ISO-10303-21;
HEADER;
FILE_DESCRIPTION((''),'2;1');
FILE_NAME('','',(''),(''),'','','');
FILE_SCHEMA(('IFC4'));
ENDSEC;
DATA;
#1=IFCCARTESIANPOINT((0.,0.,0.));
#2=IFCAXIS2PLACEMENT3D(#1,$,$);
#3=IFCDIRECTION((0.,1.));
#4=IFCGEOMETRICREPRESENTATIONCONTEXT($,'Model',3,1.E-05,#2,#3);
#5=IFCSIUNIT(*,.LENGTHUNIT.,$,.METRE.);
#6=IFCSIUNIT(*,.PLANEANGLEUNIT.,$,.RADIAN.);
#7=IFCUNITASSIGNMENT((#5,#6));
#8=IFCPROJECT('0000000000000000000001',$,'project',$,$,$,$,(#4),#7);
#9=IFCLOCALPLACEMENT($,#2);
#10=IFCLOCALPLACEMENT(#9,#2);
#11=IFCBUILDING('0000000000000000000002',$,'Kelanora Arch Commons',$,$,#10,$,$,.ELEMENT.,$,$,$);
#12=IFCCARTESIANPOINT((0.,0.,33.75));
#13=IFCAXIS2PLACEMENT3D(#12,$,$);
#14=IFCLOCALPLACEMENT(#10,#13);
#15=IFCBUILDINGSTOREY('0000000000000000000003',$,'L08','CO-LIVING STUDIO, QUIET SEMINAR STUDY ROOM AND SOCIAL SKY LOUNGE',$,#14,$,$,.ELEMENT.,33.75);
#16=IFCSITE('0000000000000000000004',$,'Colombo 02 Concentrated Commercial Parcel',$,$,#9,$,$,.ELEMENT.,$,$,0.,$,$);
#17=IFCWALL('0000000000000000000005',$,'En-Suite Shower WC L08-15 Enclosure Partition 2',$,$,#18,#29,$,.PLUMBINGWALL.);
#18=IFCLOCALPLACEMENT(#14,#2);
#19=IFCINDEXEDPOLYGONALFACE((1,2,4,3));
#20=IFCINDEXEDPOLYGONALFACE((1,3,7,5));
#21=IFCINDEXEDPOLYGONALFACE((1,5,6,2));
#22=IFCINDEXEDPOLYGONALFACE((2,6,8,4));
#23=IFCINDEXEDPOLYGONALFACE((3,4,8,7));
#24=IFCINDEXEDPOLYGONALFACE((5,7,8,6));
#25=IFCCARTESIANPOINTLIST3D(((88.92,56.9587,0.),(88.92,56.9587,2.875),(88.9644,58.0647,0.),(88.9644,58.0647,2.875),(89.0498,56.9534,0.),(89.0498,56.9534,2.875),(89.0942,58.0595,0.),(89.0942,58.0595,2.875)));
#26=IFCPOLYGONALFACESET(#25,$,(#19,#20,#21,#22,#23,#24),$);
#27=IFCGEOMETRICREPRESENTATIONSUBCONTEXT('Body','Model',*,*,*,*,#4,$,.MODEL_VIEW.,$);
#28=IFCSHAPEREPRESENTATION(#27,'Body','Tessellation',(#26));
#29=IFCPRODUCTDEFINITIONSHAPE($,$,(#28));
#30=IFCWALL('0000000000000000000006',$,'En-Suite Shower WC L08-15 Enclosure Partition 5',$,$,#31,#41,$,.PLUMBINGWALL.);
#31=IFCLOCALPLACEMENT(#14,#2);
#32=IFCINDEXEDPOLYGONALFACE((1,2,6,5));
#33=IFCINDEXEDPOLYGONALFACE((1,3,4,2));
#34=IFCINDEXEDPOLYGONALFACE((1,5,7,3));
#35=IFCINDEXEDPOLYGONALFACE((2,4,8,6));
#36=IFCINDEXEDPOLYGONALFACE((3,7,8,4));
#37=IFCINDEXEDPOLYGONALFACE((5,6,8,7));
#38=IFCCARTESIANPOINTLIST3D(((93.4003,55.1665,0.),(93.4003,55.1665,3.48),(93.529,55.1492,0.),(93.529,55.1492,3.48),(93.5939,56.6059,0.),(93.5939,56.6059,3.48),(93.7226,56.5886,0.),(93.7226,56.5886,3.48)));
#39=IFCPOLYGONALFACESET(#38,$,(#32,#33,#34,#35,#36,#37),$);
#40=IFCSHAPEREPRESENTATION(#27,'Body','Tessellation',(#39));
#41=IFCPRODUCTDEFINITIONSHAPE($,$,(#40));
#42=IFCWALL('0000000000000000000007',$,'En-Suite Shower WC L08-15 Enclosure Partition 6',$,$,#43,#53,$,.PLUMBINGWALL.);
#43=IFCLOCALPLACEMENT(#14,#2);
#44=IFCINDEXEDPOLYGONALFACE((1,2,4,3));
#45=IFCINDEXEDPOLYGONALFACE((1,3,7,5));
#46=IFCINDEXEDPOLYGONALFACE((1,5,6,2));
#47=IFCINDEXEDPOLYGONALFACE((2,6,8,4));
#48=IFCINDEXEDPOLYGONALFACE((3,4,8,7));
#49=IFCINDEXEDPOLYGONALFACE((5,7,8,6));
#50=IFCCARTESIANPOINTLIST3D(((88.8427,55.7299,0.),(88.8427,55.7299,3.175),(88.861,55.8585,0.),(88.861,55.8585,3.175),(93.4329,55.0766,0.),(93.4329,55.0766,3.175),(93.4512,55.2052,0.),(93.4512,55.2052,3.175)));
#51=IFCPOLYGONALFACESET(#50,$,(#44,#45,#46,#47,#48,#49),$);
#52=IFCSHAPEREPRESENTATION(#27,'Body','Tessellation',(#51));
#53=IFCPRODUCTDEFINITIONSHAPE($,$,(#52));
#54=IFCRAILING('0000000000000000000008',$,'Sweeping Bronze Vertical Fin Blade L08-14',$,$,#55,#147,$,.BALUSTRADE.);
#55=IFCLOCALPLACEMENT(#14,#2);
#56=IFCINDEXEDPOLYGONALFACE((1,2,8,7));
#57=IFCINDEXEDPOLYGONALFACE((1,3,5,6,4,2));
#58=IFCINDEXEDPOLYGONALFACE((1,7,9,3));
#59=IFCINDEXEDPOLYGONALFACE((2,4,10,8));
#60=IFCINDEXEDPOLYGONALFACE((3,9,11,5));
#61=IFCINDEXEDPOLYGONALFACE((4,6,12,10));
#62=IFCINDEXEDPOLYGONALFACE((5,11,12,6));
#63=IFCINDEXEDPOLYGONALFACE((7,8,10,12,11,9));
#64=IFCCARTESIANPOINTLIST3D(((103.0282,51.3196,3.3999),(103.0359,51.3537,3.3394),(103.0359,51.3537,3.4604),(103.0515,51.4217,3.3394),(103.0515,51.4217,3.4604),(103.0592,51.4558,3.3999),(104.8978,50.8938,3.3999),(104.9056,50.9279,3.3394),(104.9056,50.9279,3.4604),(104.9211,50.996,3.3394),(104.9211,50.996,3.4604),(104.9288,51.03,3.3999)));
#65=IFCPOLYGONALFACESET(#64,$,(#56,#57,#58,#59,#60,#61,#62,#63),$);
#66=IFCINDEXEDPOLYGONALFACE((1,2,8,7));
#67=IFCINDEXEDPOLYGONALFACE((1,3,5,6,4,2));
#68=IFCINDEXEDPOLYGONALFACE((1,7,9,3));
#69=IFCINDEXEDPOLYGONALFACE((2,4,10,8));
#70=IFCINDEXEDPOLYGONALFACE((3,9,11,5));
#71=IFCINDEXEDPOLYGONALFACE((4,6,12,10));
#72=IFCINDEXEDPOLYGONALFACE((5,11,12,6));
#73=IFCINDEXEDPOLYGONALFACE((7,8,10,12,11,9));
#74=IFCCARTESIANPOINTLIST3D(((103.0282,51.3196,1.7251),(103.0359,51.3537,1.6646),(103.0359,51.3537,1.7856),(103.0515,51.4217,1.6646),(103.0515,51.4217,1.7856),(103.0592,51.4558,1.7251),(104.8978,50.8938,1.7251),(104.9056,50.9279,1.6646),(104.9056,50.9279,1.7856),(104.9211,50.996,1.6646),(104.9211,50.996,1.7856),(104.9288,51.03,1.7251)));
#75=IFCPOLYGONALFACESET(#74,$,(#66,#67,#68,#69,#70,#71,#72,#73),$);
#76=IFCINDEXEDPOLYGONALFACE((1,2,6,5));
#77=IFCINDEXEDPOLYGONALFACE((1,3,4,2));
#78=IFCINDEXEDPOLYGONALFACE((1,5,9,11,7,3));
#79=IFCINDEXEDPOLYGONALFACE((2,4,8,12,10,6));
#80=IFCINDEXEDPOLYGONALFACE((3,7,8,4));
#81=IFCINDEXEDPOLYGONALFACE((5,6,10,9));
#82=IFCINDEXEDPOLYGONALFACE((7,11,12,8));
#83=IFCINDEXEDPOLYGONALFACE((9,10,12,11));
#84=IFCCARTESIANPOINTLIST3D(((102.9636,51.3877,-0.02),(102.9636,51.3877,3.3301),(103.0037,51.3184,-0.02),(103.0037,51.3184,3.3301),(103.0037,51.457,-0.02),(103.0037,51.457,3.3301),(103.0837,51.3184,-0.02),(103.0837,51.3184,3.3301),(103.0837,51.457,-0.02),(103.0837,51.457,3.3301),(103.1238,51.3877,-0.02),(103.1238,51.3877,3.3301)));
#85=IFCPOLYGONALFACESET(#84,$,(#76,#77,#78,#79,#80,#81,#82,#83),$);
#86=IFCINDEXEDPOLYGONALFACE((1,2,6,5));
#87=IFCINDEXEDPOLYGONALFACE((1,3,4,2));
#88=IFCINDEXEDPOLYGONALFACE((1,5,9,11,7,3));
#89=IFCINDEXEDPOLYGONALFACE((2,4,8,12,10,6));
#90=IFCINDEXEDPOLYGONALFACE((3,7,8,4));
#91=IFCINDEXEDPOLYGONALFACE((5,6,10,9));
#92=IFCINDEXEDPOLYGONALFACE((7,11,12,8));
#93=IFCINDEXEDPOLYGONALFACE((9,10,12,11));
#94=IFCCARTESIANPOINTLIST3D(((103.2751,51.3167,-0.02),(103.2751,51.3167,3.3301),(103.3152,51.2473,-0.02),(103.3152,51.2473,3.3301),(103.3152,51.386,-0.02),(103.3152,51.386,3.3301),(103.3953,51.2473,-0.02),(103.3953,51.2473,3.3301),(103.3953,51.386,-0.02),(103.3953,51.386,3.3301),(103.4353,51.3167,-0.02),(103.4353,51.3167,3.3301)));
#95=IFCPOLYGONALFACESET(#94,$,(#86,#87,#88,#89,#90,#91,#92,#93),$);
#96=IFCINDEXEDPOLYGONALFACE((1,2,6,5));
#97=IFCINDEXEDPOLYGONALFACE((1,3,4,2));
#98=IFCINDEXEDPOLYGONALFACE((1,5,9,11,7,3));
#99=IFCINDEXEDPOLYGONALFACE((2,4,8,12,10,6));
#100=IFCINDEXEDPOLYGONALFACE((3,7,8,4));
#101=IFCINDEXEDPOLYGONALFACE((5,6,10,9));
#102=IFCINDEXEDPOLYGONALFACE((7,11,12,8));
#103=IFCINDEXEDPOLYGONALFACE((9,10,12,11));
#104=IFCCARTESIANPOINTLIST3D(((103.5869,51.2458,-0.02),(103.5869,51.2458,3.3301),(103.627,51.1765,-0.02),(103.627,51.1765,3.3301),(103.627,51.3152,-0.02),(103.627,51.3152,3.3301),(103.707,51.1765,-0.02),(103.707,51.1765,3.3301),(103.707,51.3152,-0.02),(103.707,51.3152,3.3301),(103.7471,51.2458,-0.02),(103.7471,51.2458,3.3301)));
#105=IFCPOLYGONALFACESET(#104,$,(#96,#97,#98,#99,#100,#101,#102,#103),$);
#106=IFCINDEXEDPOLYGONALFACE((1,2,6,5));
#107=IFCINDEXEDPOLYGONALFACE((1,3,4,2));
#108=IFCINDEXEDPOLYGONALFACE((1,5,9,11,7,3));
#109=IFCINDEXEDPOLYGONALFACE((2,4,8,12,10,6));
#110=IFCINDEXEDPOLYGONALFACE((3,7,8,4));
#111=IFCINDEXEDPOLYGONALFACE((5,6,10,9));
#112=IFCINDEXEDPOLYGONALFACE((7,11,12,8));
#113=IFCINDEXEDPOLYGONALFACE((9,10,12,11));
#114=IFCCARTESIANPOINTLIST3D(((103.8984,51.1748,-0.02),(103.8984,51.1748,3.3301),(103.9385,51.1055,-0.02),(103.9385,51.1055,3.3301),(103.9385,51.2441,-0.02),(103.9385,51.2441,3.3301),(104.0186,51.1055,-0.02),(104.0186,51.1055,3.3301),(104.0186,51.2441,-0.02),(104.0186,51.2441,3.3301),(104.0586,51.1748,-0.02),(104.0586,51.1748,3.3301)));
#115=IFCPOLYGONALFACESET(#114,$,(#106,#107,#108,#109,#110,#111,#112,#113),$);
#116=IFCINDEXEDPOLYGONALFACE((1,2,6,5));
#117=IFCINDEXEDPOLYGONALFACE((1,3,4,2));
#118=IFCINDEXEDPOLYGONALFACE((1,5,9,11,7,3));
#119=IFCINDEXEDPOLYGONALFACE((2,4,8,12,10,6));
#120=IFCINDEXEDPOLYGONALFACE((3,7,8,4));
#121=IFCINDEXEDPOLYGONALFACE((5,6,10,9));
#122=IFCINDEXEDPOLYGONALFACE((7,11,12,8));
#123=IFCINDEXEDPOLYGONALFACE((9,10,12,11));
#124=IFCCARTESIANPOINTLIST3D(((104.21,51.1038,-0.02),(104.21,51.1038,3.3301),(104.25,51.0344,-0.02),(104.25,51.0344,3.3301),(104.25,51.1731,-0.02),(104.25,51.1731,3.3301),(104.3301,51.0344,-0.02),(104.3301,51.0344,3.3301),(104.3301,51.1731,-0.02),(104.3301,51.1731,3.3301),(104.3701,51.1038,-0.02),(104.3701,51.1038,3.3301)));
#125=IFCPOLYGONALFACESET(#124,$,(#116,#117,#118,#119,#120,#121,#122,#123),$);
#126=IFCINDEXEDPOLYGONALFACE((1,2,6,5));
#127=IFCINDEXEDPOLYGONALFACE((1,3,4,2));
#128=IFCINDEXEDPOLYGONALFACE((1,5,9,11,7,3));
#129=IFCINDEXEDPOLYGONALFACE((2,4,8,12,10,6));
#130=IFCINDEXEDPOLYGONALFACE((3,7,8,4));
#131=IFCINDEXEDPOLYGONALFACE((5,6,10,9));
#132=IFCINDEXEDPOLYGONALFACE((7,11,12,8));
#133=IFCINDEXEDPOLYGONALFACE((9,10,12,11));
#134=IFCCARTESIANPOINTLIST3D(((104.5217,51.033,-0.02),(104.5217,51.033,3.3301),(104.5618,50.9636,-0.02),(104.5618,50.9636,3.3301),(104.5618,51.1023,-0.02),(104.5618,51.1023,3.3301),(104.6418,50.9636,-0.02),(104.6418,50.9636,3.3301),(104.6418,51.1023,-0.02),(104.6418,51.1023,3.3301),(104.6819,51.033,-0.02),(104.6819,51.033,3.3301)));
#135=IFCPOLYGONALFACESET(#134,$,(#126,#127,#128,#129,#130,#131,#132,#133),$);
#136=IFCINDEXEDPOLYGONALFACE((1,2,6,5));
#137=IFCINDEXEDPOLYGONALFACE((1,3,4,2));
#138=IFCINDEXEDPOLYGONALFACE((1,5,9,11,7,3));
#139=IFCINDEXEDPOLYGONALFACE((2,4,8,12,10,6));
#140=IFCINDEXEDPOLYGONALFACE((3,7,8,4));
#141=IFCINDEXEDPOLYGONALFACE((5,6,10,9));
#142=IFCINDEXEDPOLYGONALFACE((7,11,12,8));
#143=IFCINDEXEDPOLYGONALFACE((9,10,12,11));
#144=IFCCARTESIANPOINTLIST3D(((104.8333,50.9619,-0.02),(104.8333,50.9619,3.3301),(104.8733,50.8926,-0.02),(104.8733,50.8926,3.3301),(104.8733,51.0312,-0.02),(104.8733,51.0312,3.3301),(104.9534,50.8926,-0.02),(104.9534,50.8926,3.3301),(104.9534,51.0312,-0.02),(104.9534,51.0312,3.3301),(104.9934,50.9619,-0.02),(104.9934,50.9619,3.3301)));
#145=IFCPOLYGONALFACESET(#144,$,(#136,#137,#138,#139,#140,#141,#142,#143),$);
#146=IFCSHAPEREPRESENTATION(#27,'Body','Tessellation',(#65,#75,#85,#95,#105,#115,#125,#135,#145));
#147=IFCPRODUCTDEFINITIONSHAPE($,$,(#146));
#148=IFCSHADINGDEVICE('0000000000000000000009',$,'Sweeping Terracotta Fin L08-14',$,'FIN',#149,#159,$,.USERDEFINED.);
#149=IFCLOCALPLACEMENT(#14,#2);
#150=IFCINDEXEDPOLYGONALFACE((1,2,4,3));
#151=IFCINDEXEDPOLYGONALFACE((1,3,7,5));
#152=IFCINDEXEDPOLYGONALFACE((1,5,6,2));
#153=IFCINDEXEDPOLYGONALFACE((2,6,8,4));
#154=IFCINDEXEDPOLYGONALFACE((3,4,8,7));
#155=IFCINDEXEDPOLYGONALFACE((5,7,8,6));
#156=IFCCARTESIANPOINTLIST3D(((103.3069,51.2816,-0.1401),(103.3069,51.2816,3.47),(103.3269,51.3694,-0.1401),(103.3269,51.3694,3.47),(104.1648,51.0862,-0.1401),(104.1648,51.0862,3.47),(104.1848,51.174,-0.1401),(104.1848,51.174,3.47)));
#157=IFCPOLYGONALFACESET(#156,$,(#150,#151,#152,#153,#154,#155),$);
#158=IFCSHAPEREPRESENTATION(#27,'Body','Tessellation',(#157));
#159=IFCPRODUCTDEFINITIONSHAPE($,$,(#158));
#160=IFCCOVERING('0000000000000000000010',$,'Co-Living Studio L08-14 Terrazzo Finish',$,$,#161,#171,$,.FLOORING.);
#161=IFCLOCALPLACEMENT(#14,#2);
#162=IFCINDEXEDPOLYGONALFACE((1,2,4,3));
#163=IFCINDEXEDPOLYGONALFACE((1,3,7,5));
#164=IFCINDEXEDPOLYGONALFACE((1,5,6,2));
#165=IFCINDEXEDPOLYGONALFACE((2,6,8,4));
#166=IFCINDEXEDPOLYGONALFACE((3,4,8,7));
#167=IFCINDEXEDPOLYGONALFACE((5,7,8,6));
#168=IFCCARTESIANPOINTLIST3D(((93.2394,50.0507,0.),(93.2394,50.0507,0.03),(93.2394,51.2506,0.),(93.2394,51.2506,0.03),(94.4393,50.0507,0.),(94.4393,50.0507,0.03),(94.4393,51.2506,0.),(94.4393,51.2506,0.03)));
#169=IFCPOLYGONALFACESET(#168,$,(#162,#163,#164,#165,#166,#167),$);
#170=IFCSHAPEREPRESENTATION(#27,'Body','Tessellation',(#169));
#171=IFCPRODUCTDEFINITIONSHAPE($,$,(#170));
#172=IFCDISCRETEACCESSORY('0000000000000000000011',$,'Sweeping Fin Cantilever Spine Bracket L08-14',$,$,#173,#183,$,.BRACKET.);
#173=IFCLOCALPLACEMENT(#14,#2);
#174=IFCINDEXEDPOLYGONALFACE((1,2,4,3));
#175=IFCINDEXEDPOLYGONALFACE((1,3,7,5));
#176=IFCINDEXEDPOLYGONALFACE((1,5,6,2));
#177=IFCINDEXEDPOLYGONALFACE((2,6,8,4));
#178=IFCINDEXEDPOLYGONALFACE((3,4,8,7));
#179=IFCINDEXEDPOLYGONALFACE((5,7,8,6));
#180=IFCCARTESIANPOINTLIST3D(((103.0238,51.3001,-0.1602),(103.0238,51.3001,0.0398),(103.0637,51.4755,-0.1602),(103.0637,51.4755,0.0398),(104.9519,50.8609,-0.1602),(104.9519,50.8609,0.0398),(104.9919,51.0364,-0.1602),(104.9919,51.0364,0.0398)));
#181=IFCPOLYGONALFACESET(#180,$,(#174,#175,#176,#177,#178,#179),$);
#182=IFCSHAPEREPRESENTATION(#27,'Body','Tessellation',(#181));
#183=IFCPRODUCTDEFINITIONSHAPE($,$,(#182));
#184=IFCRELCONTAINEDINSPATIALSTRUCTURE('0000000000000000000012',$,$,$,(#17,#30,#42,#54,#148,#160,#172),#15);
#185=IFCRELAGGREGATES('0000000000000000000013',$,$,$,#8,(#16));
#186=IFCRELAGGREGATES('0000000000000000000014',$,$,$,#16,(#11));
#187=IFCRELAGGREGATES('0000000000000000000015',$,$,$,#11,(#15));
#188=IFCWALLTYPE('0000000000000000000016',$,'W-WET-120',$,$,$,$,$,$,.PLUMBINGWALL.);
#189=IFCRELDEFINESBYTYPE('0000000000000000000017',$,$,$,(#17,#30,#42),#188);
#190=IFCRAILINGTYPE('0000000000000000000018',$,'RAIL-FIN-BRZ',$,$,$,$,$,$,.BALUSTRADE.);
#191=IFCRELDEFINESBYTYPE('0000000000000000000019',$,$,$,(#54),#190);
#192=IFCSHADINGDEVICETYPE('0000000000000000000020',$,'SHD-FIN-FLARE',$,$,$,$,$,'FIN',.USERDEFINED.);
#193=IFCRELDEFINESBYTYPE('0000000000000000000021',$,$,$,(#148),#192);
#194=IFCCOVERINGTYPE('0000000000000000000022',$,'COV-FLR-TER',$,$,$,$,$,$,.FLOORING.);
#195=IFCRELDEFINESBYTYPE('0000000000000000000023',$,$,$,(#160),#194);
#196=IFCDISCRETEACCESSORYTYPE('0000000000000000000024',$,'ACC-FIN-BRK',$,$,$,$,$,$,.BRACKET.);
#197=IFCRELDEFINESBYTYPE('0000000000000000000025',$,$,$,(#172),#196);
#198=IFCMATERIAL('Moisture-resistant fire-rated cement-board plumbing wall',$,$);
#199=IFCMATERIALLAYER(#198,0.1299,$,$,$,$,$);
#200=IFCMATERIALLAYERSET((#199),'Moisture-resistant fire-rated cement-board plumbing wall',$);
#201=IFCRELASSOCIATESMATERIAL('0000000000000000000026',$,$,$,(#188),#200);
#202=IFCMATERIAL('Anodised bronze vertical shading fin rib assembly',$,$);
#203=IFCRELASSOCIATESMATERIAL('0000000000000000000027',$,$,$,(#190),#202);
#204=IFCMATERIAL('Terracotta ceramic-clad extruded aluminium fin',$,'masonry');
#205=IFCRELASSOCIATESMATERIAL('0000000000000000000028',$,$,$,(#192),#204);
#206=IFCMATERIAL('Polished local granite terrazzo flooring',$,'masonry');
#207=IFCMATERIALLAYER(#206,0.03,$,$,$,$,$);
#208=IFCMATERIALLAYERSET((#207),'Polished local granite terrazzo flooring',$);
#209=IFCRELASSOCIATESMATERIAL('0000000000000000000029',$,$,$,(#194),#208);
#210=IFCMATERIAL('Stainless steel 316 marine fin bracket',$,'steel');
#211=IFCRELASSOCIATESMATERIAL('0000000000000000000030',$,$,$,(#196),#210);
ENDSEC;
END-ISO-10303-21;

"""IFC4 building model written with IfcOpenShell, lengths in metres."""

from ifc_helpers import new_model, si_unit, direction, frame, frame_2d, origin, origin_2d, place, context, subcontext, project, spatial, polyline, rectangle, outline, extrude, source, transform, mapped, material, layer, layer_set, type_object, element, save


model = new_model("IFC4")

# Units and contexts
model_context = context("Model", 3, precision=1e-05, world=origin(), true_north=direction((0.0, 1.0)))
body_context = subcontext(model_context, "Body", "Model", "MODEL_VIEW")
ifc_project = project(units=[si_unit("LENGTHUNIT", "METRE"), si_unit("PLANEANGLEUNIT", "RADIAN")], contexts=[model_context])

# Site, building, storey
site_placement = place(None, origin())
site = spatial("IfcSite", under=ifc_project, at=site_placement, Name="Colombo 02 Concentrated Commercial Parcel", CompositionType="ELEMENT", RefElevation=0.0)
building_placement = place(site_placement, origin())
building = spatial("IfcBuilding", under=site, at=building_placement, Name="Kelanora Arch Commons", CompositionType="ELEMENT")
storey_placement = place(building_placement, frame((0.0, 0.0, 33.75)))
storey = spatial("IfcBuildingStorey", under=building, at=storey_placement, Name="L08", Description="CO-LIVING STUDIO, QUIET SEMINAR STUDY ROOM AND SOCIAL SKY LOUNGE", CompositionType="ELEMENT", Elevation=33.75)

# Shared definitions
ifc_material_1 = material(Name="Moisture-resistant fire-rated cement-board plumbing wall")
ifc_layer_1 = layer(ifc_material_1, 0.1299)
ifc_layer_set_1 = layer_set([ifc_layer_1], Name="Moisture-resistant fire-rated cement-board plumbing wall")
wall_type_1 = type_object("IfcWallType", Name="W-WET-120", PredefinedType="PLUMBINGWALL", material=ifc_layer_set_1)

# Walls
wall_1_placement = place(storey_placement, frame((88.9849, 56.9561, 0.0), z_axis=(0.0, 0.0, 1.0), x_axis=(0.040144, 0.999194, 0.0)))
element("IfcWall", 1, at=wall_1_placement, inside=storey, type_object=wall_type_1, Name="En-Suite Shower WC L08-15 Enclosure Partition 2", PredefinedType="PLUMBINGWALL", context=body_context, shape_type="SweptSolid", body=[
    extrude(rectangle(XDim=1.1069, YDim=0.1299, at=frame_2d((0.5535, 0.0))), origin(), (0.0, 0.0, 1.0), 2.875),
])
wall_2_placement = place(storey_placement, frame((93.6582, 56.5972, 0.0), z_axis=(0.0, 0.0, 1.0), x_axis=(-0.133298, -0.991076, 0.0)))
element("IfcWall", 2, at=wall_2_placement, inside=storey, type_object=wall_type_1, Name="En-Suite Shower WC L08-15 Enclosure Partition 5", PredefinedType="PLUMBINGWALL", context=body_context, shape_type="SweptSolid", body=[
    extrude(rectangle(XDim=1.4524, YDim=0.1299, at=frame_2d((0.7261, 0.0))), origin(), (0.0, 0.0, 1.0), 3.48),
])
wall_3_placement = place(storey_placement, frame((93.4421, 55.1409, 0.0), z_axis=(0.0, 0.0, 1.0), x_axis=(-0.990023, 0.140905, 0.0)))
element("IfcWall", 3, at=wall_3_placement, inside=storey, type_object=wall_type_1, Name="En-Suite Shower WC L08-15 Enclosure Partition 6", PredefinedType="PLUMBINGWALL", context=body_context, shape_type="SweptSolid", body=[
    extrude(rectangle(XDim=4.6365, YDim=0.1299, at=frame_2d((2.3184, 0.0))), origin(), (0.0, 0.0, 1.0), 3.175),
])

# Railing
ifc_material_2 = material(Name="Anodised bronze vertical shading fin rib assembly")
railing_type_1 = type_object("IfcRailingType", Name="RAIL-FIN-BRZ", PredefinedType="BALUSTRADE", material=ifc_material_2)
railing_1_placement = place(storey_placement, frame((103.0437, 51.3877, -0.02)))
element("IfcRailing", 4, at=railing_1_placement, inside=storey, type_object=railing_type_1, Name="Sweeping Bronze Vertical Fin Blade L08-14", PredefinedType="BALUSTRADE", context=body_context, shape_type="SweptSolid", body=[
    extrude(outline(polyline([(0.0698, 0.0), (0.0349, 0.0605), (-0.0349, 0.0605), (-0.0698, 0.0), (-0.0349, -0.0605), (0.0349, -0.0605), (0.0698, 0.0)])), frame((0.0, 0.0, 3.4199), z_axis=(0.975035, -0.22205, 0.0), x_axis=(0.22205, 0.975035, 0.0)), (0.0, 0.0, 1.0), 1.9175),
    extrude(outline(polyline([(0.0698, 0.0), (0.0349, 0.0605), (-0.0349, 0.0605), (-0.0698, 0.0), (-0.0349, -0.0605), (0.0349, -0.0605), (0.0698, 0.0)])), frame((0.0, 0.0, 1.7451), z_axis=(0.975035, -0.22205, 0.0), x_axis=(0.22205, 0.975035, 0.0)), (0.0, 0.0, 1.0), 1.9175),
    extrude(outline(polyline([(0.0801, 0.0), (0.04, 0.0693), (-0.04, 0.0693), (-0.0801, 0.0), (-0.04, -0.0693), (0.04, -0.0693), (0.0801, 0.0)])), origin(), (0.0, 0.0, 1.0), 3.3501),
    extrude(outline(polyline([(0.0801, 0.0), (0.04, 0.0693), (-0.04, 0.0693), (-0.0801, 0.0), (-0.04, -0.0693), (0.04, -0.0693), (0.0801, 0.0)])), frame((0.3115, -0.071, 0.0)), (0.0, 0.0, 1.0), 3.3501),
    extrude(outline(polyline([(0.0801, 0.0), (0.04, 0.0693), (-0.04, 0.0693), (-0.0801, 0.0), (-0.04, -0.0693), (0.04, -0.0693), (0.0801, 0.0)])), frame((0.6233, -0.1418, 0.0)), (0.0, 0.0, 1.0), 3.3501),
    extrude(outline(polyline([(0.0801, 0.0), (0.04, 0.0693), (-0.04, 0.0693), (-0.0801, 0.0), (-0.04, -0.0693), (0.04, -0.0693), (0.0801, 0.0)])), frame((0.9348, -0.2129, 0.0)), (0.0, 0.0, 1.0), 3.3501),
    extrude(outline(polyline([(0.0801, 0.0), (0.04, 0.0693), (-0.04, 0.0693), (-0.0801, 0.0), (-0.04, -0.0693), (0.04, -0.0693), (0.0801, 0.0)])), frame((1.2463, -0.2839, 0.0)), (0.0, 0.0, 1.0), 3.3501),
    extrude(outline(polyline([(0.0801, 0.0), (0.04, 0.0693), (-0.04, 0.0693), (-0.0801, 0.0), (-0.04, -0.0693), (0.04, -0.0693), (0.0801, 0.0)])), frame((1.5581, -0.3547, 0.0)), (0.0, 0.0, 1.0), 3.3501),
    extrude(outline(polyline([(0.0801, 0.0), (0.04, 0.0693), (-0.04, 0.0693), (-0.0801, 0.0), (-0.04, -0.0693), (0.04, -0.0693), (0.0801, 0.0)])), frame((1.8696, -0.4258, 0.0)), (0.0, 0.0, 1.0), 3.3501),
])

# Shading device
ifc_material_3 = material(Name="Terracotta ceramic-clad extruded aluminium fin", Category="masonry")
shading_device_type = type_object("IfcShadingDeviceType", Name="SHD-FIN-FLARE", ElementType="FIN", PredefinedType="USERDEFINED", material=ifc_material_3)
shared_shape_1 = source(origin(), body_context, "Body", "SweptSolid", [
    extrude(rectangle(XDim=0.8799, YDim=0.0901, at=origin_2d()), origin(), (0.0, 0.0, 1.0), 3.6101),
])
shading_device_placement = place(storey_placement, frame((103.7458, 51.2278, -0.1401), z_axis=(0.0, 0.0, 1.0), x_axis=(0.975033, -0.222059, 0.0)))
element("IfcShadingDevice", 5, at=shading_device_placement, inside=storey, type_object=shading_device_type, Name="Sweeping Terracotta Fin L08-14", ObjectType="FIN", PredefinedType="USERDEFINED", context=body_context, shape_type="MappedRepresentation", body=[
    mapped(shared_shape_1, transform((0.0, 0.0, 0.0), scale=1.0)),
])

# Covering
ifc_material_4 = material(Name="Polished local granite terrazzo flooring", Category="masonry")
ifc_layer_2 = layer(ifc_material_4, 0.03)
ifc_layer_set_2 = layer_set([ifc_layer_2], Name="Polished local granite terrazzo flooring")
covering_type = type_object("IfcCoveringType", Name="COV-FLR-TER", PredefinedType="FLOORING", material=ifc_layer_set_2)
shared_shape_2 = source(origin(), body_context, "Body", "SweptSolid", [
    extrude(rectangle(XDim=1.2, YDim=1.2, at=origin_2d()), origin(), (0.0, 0.0, 1.0), 0.03),
])
covering_placement = place(storey_placement, frame((93.8394, 50.6506, 0.0), z_axis=(0.0, 0.0, 1.0), x_axis=(1.0, 0.0, 0.0)))
element("IfcCovering", 6, at=covering_placement, inside=storey, type_object=covering_type, Name="Co-Living Studio L08-14 Terrazzo Finish", PredefinedType="FLOORING", context=body_context, shape_type="MappedRepresentation", body=[
    mapped(shared_shape_2, transform((0.0, 0.0, 0.0), scale=1.0)),
])

# Discrete accessory
ifc_material_5 = material(Name="Stainless steel 316 marine fin bracket", Category="steel")
discrete_accessory_type = type_object("IfcDiscreteAccessoryType", Name="ACC-FIN-BRK", PredefinedType="BRACKET", material=ifc_material_5)
shared_shape_3 = source(origin(), body_context, "Body", "SweptSolid", [
    extrude(rectangle(XDim=1.9775, YDim=0.1799, at=origin_2d()), origin(), (0.0, 0.0, 1.0), 0.2),
])
discrete_accessory_placement = place(storey_placement, frame((104.0078, 51.1682, -0.1602), z_axis=(0.0, 0.0, 1.0), x_axis=(0.975033, -0.222059, 0.0)))
element("IfcDiscreteAccessory", 7, at=discrete_accessory_placement, inside=storey, type_object=discrete_accessory_type, Name="Sweeping Fin Cantilever Spine Bracket L08-14", PredefinedType="BRACKET", context=body_context, shape_type="MappedRepresentation", body=[
    mapped(shared_shape_3, transform((0.0, 0.0, 0.0), scale=1.0)),
])

save(model, "model.ifc")
